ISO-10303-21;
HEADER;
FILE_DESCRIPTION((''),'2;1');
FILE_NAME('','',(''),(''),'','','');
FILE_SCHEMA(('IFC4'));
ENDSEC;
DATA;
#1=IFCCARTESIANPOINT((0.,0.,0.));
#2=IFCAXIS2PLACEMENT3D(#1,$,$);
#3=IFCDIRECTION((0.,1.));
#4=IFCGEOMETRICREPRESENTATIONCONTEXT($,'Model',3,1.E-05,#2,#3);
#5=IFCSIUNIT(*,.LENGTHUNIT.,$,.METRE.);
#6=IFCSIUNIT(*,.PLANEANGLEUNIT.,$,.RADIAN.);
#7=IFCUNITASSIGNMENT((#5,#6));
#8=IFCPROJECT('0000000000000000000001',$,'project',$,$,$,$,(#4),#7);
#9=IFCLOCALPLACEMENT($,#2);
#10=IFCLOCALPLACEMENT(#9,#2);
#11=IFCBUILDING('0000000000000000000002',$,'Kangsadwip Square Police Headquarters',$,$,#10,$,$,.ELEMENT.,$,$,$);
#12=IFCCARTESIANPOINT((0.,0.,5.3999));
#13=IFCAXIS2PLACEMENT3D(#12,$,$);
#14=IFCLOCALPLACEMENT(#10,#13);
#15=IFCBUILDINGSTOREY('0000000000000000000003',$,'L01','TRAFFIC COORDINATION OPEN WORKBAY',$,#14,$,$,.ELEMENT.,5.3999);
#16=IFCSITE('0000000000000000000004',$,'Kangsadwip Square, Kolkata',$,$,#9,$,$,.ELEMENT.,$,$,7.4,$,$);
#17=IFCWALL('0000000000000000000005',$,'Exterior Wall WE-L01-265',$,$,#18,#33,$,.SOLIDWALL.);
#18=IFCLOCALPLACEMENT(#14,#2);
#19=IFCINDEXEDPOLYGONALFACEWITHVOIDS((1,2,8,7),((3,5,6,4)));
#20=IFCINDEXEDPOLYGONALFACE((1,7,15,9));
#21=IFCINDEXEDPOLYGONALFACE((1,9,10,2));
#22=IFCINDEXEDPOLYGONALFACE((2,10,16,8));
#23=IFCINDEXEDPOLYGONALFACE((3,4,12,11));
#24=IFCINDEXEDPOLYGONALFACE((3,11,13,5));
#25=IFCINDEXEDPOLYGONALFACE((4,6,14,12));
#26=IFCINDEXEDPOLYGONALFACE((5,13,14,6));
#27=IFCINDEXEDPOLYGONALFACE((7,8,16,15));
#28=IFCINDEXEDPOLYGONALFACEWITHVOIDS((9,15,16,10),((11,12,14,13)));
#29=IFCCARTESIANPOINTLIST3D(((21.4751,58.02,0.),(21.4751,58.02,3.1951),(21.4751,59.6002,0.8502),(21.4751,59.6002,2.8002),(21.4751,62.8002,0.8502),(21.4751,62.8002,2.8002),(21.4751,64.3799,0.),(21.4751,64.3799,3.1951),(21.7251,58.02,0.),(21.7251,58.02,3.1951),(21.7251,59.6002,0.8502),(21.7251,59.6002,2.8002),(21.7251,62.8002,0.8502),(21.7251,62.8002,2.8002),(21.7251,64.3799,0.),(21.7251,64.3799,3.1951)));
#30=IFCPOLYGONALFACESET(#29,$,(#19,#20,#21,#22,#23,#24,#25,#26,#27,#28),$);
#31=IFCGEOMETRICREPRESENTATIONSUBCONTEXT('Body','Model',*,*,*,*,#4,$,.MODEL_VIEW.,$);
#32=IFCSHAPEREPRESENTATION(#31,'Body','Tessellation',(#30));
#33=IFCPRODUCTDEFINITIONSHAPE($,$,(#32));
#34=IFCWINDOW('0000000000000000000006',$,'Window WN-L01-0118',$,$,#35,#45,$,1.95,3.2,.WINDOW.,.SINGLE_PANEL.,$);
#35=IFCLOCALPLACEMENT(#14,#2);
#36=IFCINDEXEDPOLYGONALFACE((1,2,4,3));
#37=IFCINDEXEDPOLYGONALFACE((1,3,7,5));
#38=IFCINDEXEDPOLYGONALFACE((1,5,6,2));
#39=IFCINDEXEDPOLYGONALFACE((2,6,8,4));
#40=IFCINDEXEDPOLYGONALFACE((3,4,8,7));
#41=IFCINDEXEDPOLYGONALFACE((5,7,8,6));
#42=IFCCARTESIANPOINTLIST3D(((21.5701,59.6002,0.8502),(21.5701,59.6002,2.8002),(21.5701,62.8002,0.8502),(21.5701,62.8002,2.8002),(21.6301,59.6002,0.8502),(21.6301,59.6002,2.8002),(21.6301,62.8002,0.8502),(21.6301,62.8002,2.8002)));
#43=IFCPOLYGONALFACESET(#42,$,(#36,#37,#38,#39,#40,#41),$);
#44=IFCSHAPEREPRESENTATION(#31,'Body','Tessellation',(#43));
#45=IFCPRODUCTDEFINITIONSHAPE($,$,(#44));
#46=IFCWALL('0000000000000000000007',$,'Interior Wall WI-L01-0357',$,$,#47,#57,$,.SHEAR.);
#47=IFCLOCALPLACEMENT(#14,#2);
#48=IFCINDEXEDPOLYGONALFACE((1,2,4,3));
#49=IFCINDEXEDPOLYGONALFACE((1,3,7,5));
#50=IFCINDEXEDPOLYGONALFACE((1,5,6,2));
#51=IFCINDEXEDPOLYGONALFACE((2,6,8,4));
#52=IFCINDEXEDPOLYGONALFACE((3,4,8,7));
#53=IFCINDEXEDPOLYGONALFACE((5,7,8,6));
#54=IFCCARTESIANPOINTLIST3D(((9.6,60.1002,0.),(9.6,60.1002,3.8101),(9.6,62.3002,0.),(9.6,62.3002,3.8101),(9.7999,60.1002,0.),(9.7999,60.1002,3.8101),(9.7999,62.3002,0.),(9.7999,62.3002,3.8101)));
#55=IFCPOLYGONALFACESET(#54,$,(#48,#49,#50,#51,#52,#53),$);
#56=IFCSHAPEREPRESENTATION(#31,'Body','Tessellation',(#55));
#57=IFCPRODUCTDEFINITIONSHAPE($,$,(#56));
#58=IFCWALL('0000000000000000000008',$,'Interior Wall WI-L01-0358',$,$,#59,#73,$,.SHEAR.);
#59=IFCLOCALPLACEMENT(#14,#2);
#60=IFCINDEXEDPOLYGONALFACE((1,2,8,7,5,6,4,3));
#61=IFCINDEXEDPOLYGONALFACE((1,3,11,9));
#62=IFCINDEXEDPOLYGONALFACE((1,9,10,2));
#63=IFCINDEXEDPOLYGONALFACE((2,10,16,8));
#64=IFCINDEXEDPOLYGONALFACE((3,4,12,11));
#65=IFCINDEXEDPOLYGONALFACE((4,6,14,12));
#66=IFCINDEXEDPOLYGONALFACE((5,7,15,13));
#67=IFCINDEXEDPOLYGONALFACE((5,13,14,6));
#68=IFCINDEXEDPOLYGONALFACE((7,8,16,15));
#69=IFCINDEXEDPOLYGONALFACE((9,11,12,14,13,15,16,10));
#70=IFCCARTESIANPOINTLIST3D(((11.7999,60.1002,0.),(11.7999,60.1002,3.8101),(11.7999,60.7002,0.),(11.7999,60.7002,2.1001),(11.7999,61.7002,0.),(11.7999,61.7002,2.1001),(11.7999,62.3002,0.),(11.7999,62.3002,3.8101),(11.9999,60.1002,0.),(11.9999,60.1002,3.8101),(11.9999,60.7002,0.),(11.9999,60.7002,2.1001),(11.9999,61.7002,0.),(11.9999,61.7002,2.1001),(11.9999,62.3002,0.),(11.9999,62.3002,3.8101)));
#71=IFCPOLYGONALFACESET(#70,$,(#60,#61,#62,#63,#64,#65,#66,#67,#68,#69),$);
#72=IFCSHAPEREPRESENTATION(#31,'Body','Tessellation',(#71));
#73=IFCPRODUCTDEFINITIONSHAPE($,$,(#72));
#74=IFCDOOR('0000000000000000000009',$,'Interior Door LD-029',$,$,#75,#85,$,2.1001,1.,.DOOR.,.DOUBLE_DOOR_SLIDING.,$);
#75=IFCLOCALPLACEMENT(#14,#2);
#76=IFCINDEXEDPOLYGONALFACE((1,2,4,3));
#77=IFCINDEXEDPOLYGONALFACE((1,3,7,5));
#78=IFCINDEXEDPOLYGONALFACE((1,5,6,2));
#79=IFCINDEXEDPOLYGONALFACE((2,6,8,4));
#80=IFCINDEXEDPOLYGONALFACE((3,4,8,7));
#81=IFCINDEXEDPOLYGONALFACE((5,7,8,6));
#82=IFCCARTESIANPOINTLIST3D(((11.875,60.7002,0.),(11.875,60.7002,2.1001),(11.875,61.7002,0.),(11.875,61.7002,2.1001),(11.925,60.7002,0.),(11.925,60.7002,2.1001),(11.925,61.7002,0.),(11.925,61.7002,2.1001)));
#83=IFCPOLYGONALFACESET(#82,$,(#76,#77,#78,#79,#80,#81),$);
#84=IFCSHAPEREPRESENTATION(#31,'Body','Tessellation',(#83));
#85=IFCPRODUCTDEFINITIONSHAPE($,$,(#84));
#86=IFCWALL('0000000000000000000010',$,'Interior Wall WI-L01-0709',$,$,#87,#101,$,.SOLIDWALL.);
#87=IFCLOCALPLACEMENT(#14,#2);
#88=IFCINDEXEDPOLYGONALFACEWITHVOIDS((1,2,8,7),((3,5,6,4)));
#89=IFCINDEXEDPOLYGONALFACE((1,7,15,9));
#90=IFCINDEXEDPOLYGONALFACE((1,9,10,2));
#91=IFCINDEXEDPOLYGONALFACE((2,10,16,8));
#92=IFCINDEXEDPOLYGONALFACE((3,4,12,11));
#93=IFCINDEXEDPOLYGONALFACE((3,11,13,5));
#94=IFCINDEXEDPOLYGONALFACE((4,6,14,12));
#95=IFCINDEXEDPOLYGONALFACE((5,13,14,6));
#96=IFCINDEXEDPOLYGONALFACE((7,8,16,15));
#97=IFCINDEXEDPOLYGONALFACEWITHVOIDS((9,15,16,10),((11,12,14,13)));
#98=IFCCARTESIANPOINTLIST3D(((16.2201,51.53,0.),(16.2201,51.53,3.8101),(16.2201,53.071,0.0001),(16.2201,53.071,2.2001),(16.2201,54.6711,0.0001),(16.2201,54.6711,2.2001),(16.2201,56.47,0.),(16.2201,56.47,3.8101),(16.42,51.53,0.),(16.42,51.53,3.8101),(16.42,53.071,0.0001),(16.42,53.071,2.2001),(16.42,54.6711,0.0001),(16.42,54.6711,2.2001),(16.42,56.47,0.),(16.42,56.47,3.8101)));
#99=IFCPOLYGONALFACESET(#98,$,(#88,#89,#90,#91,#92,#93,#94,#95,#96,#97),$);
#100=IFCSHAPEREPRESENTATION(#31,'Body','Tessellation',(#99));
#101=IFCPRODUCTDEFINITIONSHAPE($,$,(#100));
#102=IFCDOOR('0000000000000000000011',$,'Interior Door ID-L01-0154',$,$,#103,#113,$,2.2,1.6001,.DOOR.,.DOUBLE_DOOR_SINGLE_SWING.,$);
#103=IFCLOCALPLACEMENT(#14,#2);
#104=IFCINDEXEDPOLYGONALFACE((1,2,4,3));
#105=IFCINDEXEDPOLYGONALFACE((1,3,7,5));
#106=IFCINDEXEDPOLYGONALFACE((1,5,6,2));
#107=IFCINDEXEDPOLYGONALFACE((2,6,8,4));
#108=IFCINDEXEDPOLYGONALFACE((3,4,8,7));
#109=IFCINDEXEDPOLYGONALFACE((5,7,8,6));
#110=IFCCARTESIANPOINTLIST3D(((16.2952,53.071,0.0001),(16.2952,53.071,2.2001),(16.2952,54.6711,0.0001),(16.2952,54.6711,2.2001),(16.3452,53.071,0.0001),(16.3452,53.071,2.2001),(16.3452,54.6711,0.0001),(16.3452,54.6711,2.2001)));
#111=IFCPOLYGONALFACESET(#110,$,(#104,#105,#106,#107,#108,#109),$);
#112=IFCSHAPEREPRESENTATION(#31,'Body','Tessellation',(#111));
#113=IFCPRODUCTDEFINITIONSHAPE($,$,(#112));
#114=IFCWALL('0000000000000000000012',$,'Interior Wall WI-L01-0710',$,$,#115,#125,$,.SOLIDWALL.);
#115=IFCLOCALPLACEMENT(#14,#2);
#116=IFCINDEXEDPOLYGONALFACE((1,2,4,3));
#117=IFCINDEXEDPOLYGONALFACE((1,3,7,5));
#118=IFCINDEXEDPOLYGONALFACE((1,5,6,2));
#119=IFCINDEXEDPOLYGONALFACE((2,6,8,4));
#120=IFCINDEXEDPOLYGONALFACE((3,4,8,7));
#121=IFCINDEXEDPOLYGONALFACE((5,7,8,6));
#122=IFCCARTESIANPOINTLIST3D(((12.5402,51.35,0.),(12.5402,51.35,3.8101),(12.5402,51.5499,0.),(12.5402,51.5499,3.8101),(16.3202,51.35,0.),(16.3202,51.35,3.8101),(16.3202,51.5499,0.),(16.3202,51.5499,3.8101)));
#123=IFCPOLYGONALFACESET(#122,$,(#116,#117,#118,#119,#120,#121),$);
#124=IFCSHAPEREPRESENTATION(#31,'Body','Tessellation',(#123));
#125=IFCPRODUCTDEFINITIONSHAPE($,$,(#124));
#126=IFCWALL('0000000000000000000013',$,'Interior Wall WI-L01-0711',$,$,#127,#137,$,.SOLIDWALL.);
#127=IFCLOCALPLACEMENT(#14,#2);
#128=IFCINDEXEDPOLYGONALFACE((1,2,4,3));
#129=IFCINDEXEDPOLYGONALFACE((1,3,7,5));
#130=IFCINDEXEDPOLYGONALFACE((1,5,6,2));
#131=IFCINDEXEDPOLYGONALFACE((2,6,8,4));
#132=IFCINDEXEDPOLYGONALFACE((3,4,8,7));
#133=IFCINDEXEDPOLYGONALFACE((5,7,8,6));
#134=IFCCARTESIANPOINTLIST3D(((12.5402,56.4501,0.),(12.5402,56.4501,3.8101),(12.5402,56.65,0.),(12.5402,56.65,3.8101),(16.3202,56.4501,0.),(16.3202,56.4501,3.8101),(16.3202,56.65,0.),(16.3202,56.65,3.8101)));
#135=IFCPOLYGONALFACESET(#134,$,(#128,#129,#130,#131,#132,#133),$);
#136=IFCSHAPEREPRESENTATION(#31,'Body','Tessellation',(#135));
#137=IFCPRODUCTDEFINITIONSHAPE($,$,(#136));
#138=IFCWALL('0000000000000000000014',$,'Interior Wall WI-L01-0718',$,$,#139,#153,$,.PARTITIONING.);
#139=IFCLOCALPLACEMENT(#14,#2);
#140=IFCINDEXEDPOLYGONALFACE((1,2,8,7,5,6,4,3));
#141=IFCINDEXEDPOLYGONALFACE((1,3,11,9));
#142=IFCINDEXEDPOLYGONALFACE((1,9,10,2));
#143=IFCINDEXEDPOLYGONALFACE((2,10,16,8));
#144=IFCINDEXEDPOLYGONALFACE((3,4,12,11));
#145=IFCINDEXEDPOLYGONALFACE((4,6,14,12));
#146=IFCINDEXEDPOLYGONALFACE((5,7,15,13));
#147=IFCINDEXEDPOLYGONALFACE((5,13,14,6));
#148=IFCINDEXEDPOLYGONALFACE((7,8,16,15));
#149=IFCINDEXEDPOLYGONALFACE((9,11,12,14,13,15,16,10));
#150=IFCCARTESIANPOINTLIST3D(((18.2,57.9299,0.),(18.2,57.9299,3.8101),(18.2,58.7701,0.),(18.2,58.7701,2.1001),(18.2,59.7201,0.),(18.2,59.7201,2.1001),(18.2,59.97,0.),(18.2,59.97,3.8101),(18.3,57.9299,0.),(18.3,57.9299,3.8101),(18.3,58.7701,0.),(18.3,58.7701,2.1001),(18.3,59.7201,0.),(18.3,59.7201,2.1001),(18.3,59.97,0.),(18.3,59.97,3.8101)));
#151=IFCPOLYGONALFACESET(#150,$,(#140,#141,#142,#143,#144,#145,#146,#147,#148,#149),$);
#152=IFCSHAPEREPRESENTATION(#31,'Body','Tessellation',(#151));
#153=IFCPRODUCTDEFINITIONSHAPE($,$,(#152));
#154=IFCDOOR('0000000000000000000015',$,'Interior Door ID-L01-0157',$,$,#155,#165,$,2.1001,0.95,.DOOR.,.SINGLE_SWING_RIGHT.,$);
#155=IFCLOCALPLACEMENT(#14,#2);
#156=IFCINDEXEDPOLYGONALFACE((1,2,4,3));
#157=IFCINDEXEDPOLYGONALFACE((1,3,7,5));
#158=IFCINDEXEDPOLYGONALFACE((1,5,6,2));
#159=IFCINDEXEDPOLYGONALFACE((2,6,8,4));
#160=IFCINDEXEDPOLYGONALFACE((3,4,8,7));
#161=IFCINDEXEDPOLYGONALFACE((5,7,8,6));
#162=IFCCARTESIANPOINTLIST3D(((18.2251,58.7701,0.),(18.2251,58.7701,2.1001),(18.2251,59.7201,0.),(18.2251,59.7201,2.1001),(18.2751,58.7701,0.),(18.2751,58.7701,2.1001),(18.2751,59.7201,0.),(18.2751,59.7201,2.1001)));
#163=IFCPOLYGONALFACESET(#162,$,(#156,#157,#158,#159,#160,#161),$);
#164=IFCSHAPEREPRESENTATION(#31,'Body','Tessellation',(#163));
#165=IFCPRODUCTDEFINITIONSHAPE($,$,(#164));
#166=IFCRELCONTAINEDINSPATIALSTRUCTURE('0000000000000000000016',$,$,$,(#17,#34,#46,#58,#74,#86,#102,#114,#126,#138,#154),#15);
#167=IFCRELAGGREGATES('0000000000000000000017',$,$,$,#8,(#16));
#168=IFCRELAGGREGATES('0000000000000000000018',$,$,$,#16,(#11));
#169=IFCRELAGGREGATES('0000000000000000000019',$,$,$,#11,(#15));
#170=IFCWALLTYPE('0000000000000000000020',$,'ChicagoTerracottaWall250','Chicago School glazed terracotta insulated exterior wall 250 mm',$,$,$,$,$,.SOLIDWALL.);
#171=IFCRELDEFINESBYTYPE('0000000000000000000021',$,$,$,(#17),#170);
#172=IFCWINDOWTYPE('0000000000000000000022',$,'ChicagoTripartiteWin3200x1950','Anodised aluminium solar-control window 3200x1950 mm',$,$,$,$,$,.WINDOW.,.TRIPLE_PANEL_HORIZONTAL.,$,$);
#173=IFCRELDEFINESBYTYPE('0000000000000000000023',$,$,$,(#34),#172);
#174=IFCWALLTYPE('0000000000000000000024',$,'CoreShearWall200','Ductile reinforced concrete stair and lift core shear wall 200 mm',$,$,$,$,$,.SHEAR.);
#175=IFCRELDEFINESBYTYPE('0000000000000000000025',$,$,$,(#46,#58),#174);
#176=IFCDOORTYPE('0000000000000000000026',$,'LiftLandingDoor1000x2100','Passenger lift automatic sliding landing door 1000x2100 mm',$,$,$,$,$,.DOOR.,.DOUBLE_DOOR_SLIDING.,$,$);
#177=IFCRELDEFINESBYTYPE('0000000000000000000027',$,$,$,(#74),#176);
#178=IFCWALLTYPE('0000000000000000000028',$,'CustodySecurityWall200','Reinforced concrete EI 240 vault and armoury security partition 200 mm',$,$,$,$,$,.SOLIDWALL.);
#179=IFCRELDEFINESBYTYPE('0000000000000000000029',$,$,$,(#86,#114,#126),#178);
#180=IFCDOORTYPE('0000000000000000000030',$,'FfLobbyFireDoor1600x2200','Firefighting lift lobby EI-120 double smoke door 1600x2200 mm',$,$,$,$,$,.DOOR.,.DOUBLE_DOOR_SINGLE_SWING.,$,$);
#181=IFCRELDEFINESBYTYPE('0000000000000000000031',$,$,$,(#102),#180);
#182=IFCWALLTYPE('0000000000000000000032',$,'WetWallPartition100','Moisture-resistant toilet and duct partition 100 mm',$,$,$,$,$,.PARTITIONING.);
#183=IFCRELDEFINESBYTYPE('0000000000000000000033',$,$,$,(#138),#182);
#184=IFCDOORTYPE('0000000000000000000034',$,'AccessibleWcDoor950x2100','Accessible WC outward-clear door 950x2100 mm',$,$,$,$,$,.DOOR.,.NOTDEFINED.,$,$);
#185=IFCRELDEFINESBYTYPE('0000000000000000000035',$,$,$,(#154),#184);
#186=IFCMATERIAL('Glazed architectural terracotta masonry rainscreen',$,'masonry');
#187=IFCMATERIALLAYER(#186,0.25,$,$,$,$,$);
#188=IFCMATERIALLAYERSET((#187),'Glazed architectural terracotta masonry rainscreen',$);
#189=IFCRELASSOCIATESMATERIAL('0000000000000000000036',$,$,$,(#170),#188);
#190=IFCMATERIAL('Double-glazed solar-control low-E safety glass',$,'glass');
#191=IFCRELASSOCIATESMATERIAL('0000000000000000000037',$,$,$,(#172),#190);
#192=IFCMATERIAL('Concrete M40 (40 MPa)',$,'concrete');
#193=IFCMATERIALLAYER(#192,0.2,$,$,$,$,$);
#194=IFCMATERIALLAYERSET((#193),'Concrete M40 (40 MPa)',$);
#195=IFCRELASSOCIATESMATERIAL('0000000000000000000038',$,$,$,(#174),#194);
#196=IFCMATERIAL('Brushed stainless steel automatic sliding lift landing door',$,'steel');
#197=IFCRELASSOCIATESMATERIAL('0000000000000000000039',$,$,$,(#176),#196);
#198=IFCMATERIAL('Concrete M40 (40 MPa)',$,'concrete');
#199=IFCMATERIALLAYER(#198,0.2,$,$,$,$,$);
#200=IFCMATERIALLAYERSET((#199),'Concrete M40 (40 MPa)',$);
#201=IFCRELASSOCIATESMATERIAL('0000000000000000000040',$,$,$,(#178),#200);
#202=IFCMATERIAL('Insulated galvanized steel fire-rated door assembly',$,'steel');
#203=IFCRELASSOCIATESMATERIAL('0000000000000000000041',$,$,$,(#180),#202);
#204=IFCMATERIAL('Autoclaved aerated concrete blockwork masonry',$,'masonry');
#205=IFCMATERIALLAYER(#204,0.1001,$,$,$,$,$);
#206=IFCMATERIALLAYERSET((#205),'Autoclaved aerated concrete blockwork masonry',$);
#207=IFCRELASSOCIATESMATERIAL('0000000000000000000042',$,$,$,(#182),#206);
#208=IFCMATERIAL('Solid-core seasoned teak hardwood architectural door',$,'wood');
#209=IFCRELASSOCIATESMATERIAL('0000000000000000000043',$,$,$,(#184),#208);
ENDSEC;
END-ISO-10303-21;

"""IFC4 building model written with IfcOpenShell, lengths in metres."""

from ifc_helpers import new_model, si_unit, direction, frame, frame_2d, origin, place, context, subcontext, project, spatial, rectangle, extrude, material, layer, layer_set, type_object, element, fill, save


model = new_model("IFC4")

# Units and contexts
model_context = context("Model", 3, precision=1e-05, world=origin(), true_north=direction((0.0, 1.0)))
body_context = subcontext(model_context, "Body", "Model", "MODEL_VIEW")
ifc_project = project(units=[si_unit("LENGTHUNIT", "METRE"), si_unit("PLANEANGLEUNIT", "RADIAN")], contexts=[model_context])

# Site, building, storey
site_placement = place(None, origin())
site = spatial("IfcSite", under=ifc_project, at=site_placement, Name="Kangsadwip Square, Kolkata", CompositionType="ELEMENT", RefElevation=7.4)
building_placement = place(site_placement, origin())
building = spatial("IfcBuilding", under=site, at=building_placement, Name="Kangsadwip Square Police Headquarters", CompositionType="ELEMENT")
storey_placement = place(building_placement, frame((0.0, 0.0, 5.3999)))
storey = spatial("IfcBuildingStorey", under=building, at=storey_placement, Name="L01", Description="TRAFFIC COORDINATION OPEN WORKBAY", CompositionType="ELEMENT", Elevation=5.3999)

# Wall, opening, window
ifc_material_1 = material(Name="Glazed architectural terracotta masonry rainscreen", Category="masonry")
ifc_layer_1 = layer(ifc_material_1, 0.25)
ifc_layer_set_1 = layer_set([ifc_layer_1], Name="Glazed architectural terracotta masonry rainscreen")
wall_type_1 = type_object("IfcWallType", Name="ChicagoTerracottaWall250", Description="Chicago School glazed terracotta insulated exterior wall 250 mm", PredefinedType="SOLIDWALL", material=ifc_layer_set_1)
wall_1_placement = place(storey_placement, frame((21.6001, 58.02, 0.0), z_axis=(0.0, 0.0, 1.0), x_axis=(0.0, 1.0, 0.0)))
wall_1 = element("IfcWall", 1, at=wall_1_placement, inside=storey, type_object=wall_type_1, Name="Exterior Wall WE-L01-265", PredefinedType="SOLIDWALL", context=body_context, shape_type="SweptSolid", body=[
    extrude(rectangle(XDim=6.3599, YDim=0.25, at=frame_2d((3.1799, 0.0))), origin(), (0.0, 0.0, 1.0), 3.1951),
])
opening_1_placement = place(wall_1_placement, frame((1.5801, 0.0, 0.8501)))
opening_1 = element("IfcOpeningElement", 2, at=opening_1_placement, cuts=wall_1, PredefinedType="OPENING", context=body_context, shape_type="SweptSolid", body=[
    extrude(rectangle(XDim=3.2, YDim=1.95, at=frame_2d((1.6001, 0.9751))), frame((0.0, 0.135, 0.0), z_axis=(0.0, -1.0, 0.0), x_axis=(1.0, 0.0, 0.0)), (0.0, 0.0, 1.0), 0.27),
])
ifc_material_2 = material(Name="Double-glazed solar-control low-E safety glass", Category="glass")
window_type_1 = type_object("IfcWindowType", Name="ChicagoTripartiteWin3200x1950", Description="Anodised aluminium solar-control window 3200x1950 mm", PartitioningType="TRIPLE_PANEL_HORIZONTAL", PredefinedType="WINDOW", material=ifc_material_2)
window_1_placement = place(opening_1_placement, origin())
window_1 = element("IfcWindow", 3, at=window_1_placement, inside=storey, type_object=window_type_1, Name="Window WN-L01-0118", OverallHeight=1.95, OverallWidth=3.2, PartitioningType="SINGLE_PANEL", PredefinedType="WINDOW", context=body_context, shape_type="SweptSolid", body=[
    extrude(rectangle(XDim=3.2, YDim=1.95, at=frame_2d((1.6001, 0.9751))), frame((0.0, 0.03, 0.0), z_axis=(0.0, -1.0, 0.0), x_axis=(1.0, 0.0, 0.0)), (0.0, 0.0, 1.0), 0.0601),
])
fill(opening_1, window_1)

# Shared definitions
ifc_material_3 = material(Name="Concrete M40 (40 MPa)", Category="concrete")
ifc_layer_2 = layer(ifc_material_3, 0.2)
ifc_layer_set_2 = layer_set([ifc_layer_2], Name="Concrete M40 (40 MPa)")
wall_type_2 = type_object("IfcWallType", Name="CoreShearWall200", Description="Ductile reinforced concrete stair and lift core shear wall 200 mm", PredefinedType="SHEAR", material=ifc_layer_set_2)

# Wall
wall_2_placement = place(storey_placement, frame((9.7, 60.1001, 0.0), z_axis=(0.0, 0.0, 1.0), x_axis=(0.0, 1.0, 0.0)))
element("IfcWall", 4, at=wall_2_placement, inside=storey, type_object=wall_type_2, Name="Interior Wall WI-L01-0357", PredefinedType="SHEAR", context=body_context, shape_type="SweptSolid", body=[
    extrude(rectangle(XDim=2.2, YDim=0.2, at=frame_2d((1.1001, 0.0))), origin(), (0.0, 0.0, 1.0), 3.8101),
])

# Walls, openings, doors
wall_3_placement = place(storey_placement, frame((11.8999, 60.1001, 0.0), z_axis=(0.0, 0.0, 1.0), x_axis=(0.0, 1.0, 0.0)))
wall_3 = element("IfcWall", 5, at=wall_3_placement, inside=storey, type_object=wall_type_2, Name="Interior Wall WI-L01-0358", PredefinedType="SHEAR", context=body_context, shape_type="SweptSolid", body=[
    extrude(rectangle(XDim=2.2, YDim=0.2, at=frame_2d((1.1001, 0.0))), origin(), (0.0, 0.0, 1.0), 3.8101),
])
opening_2_placement = place(wall_3_placement, frame((0.6001, 0.0, 0.0)))
opening_2 = element("IfcOpeningElement", 6, at=opening_2_placement, cuts=wall_3, PredefinedType="OPENING", context=body_context, shape_type="SweptSolid", body=[
    extrude(rectangle(XDim=1.0, YDim=2.1001, at=frame_2d((0.5, 1.05))), frame((0.0, 0.1099, 0.0), z_axis=(0.0, -1.0, 0.0), x_axis=(1.0, 0.0, 0.0)), (0.0, 0.0, 1.0), 0.22),
])
ifc_material_4 = material(Name="Brushed stainless steel automatic sliding lift landing door", Category="steel")
door_type_1 = type_object("IfcDoorType", Name="LiftLandingDoor1000x2100", Description="Passenger lift automatic sliding landing door 1000x2100 mm", OperationType="DOUBLE_DOOR_SLIDING", PredefinedType="DOOR", material=ifc_material_4)
door_1_placement = place(opening_2_placement, origin())
door_1 = element("IfcDoor", 7, at=door_1_placement, inside=storey, type_object=door_type_1, Name="Interior Door LD-029", OperationType="DOUBLE_DOOR_SLIDING", OverallHeight=2.1001, OverallWidth=1.0, PredefinedType="DOOR", context=body_context, shape_type="SweptSolid", body=[
    extrude(rectangle(XDim=1.0, YDim=2.1001, at=frame_2d((0.5, 1.05))), frame((0.0, 0.0249, 0.0), z_axis=(0.0, -1.0, 0.0), x_axis=(1.0, 0.0, 0.0)), (0.0, 0.0, 1.0), 0.05),
])
fill(opening_2, door_1)
ifc_material_5 = material(Name="Concrete M40 (40 MPa)", Category="concrete")
ifc_layer_3 = layer(ifc_material_5, 0.2)
ifc_layer_set_3 = layer_set([ifc_layer_3], Name="Concrete M40 (40 MPa)")
wall_type_3 = type_object("IfcWallType", Name="CustodySecurityWall200", Description="Reinforced concrete EI 240 vault and armoury security partition 200 mm", PredefinedType="SOLIDWALL", material=ifc_layer_set_3)
wall_4_placement = place(storey_placement, frame((16.3201, 51.53, 0.0), z_axis=(0.0, 0.0, 1.0), x_axis=(0.0, 1.0, 0.0)))
wall_4 = element("IfcWall", 8, at=wall_4_placement, inside=storey, type_object=wall_type_3, Name="Interior Wall WI-L01-0709", PredefinedType="SOLIDWALL", context=body_context, shape_type="SweptSolid", body=[
    extrude(rectangle(XDim=4.9399, YDim=0.2, at=frame_2d((2.47, 0.0))), origin(), (0.0, 0.0, 1.0), 3.8101),
])
opening_3_placement = place(wall_4_placement, frame((1.541, 0.0, 0.0)))
opening_3 = element("IfcOpeningElement", 9, at=opening_3_placement, cuts=wall_4, PredefinedType="OPENING", context=body_context, shape_type="SweptSolid", body=[
    extrude(rectangle(XDim=1.6001, YDim=2.2, at=frame_2d((0.8, 1.1001))), frame((0.0, 0.1099, 0.0), z_axis=(0.0, -1.0, 0.0), x_axis=(1.0, 0.0, 0.0)), (0.0, 0.0, 1.0), 0.22),
])
ifc_material_6 = material(Name="Insulated galvanized steel fire-rated door assembly", Category="steel")
door_type_2 = type_object("IfcDoorType", Name="FfLobbyFireDoor1600x2200", Description="Firefighting lift lobby EI-120 double smoke door 1600x2200 mm", OperationType="DOUBLE_DOOR_SINGLE_SWING", PredefinedType="DOOR", material=ifc_material_6)
door_2_placement = place(opening_3_placement, origin())
door_2 = element("IfcDoor", 10, at=door_2_placement, inside=storey, type_object=door_type_2, Name="Interior Door ID-L01-0154", OperationType="DOUBLE_DOOR_SINGLE_SWING", OverallHeight=2.2, OverallWidth=1.6001, PredefinedType="DOOR", context=body_context, shape_type="SweptSolid", body=[
    extrude(rectangle(XDim=1.6001, YDim=2.2, at=frame_2d((0.8, 1.1001))), frame((0.0, 0.0249, 0.0), z_axis=(0.0, -1.0, 0.0), x_axis=(1.0, 0.0, 0.0)), (0.0, 0.0, 1.0), 0.05),
])
fill(opening_3, door_2)

# Walls
for number, where, z_axis, x_axis, name in (
    (11, (12.54, 51.45, 0.0), (0.0, 0.0, 1.0), (1.0, 0.0, 0.0), "Interior Wall WI-L01-0710"),
    (12, (12.54, 56.55, 0.0), (0.0, 0.0, 1.0), (1.0, 0.0, 0.0), "Interior Wall WI-L01-0711"),
):
    element("IfcWall", number, at=place(storey_placement, frame(where, z_axis=z_axis, x_axis=x_axis)), inside=storey, type_object=wall_type_3, Name=name, PredefinedType="SOLIDWALL", context=body_context, shape_type="SweptSolid", body=[
        extrude(rectangle(XDim=3.78, YDim=0.2, at=frame_2d((1.8901, 0.0))), origin(), (0.0, 0.0, 1.0), 3.8101),
    ])

# Wall, opening, door
ifc_material_7 = material(Name="Autoclaved aerated concrete blockwork masonry", Category="masonry")
ifc_layer_4 = layer(ifc_material_7, 0.1001)
ifc_layer_set_4 = layer_set([ifc_layer_4], Name="Autoclaved aerated concrete blockwork masonry")
wall_type_4 = type_object("IfcWallType", Name="WetWallPartition100", Description="Moisture-resistant toilet and duct partition 100 mm", PredefinedType="PARTITIONING", material=ifc_layer_set_4)
wall_5_placement = place(storey_placement, frame((18.25, 57.9299, 0.0), z_axis=(0.0, 0.0, 1.0), x_axis=(0.0, 1.0, 0.0)))
wall_5 = element("IfcWall", 13, at=wall_5_placement, inside=storey, type_object=wall_type_4, Name="Interior Wall WI-L01-0718", PredefinedType="PARTITIONING", context=body_context, shape_type="SweptSolid", body=[
    extrude(rectangle(XDim=2.04, YDim=0.1001, at=frame_2d((1.02, 0.0))), origin(), (0.0, 0.0, 1.0), 3.8101),
])
opening_4_placement = place(wall_5_placement, frame((0.8401, 0.0, 0.0)))
opening_4 = element("IfcOpeningElement", 14, at=opening_4_placement, cuts=wall_5, PredefinedType="OPENING", context=body_context, shape_type="SweptSolid", body=[
    extrude(rectangle(XDim=0.95, YDim=2.1001, at=frame_2d((0.4751, 1.05))), frame((0.0, 0.0601, 0.0), z_axis=(0.0, -1.0, 0.0), x_axis=(1.0, 0.0, 0.0)), (0.0, 0.0, 1.0), 0.1201),
])
ifc_material_8 = material(Name="Solid-core seasoned teak hardwood architectural door", Category="wood")
door_type_3 = type_object("IfcDoorType", Name="AccessibleWcDoor950x2100", Description="Accessible WC outward-clear door 950x2100 mm", OperationType="NOTDEFINED", PredefinedType="DOOR", material=ifc_material_8)
door_3_placement = place(opening_4_placement, origin())
door_3 = element("IfcDoor", 15, at=door_3_placement, inside=storey, type_object=door_type_3, Name="Interior Door ID-L01-0157", OperationType="SINGLE_SWING_RIGHT", OverallHeight=2.1001, OverallWidth=0.95, PredefinedType="DOOR", context=body_context, shape_type="SweptSolid", body=[
    extrude(rectangle(XDim=0.95, YDim=2.1001, at=frame_2d((0.4751, 1.05))), frame((0.0, 0.0249, 0.0), z_axis=(0.0, -1.0, 0.0), x_axis=(1.0, 0.0, 0.0)), (0.0, 0.0, 1.0), 0.05),
])
fill(opening_4, door_3)

save(model, "model.ifc")
